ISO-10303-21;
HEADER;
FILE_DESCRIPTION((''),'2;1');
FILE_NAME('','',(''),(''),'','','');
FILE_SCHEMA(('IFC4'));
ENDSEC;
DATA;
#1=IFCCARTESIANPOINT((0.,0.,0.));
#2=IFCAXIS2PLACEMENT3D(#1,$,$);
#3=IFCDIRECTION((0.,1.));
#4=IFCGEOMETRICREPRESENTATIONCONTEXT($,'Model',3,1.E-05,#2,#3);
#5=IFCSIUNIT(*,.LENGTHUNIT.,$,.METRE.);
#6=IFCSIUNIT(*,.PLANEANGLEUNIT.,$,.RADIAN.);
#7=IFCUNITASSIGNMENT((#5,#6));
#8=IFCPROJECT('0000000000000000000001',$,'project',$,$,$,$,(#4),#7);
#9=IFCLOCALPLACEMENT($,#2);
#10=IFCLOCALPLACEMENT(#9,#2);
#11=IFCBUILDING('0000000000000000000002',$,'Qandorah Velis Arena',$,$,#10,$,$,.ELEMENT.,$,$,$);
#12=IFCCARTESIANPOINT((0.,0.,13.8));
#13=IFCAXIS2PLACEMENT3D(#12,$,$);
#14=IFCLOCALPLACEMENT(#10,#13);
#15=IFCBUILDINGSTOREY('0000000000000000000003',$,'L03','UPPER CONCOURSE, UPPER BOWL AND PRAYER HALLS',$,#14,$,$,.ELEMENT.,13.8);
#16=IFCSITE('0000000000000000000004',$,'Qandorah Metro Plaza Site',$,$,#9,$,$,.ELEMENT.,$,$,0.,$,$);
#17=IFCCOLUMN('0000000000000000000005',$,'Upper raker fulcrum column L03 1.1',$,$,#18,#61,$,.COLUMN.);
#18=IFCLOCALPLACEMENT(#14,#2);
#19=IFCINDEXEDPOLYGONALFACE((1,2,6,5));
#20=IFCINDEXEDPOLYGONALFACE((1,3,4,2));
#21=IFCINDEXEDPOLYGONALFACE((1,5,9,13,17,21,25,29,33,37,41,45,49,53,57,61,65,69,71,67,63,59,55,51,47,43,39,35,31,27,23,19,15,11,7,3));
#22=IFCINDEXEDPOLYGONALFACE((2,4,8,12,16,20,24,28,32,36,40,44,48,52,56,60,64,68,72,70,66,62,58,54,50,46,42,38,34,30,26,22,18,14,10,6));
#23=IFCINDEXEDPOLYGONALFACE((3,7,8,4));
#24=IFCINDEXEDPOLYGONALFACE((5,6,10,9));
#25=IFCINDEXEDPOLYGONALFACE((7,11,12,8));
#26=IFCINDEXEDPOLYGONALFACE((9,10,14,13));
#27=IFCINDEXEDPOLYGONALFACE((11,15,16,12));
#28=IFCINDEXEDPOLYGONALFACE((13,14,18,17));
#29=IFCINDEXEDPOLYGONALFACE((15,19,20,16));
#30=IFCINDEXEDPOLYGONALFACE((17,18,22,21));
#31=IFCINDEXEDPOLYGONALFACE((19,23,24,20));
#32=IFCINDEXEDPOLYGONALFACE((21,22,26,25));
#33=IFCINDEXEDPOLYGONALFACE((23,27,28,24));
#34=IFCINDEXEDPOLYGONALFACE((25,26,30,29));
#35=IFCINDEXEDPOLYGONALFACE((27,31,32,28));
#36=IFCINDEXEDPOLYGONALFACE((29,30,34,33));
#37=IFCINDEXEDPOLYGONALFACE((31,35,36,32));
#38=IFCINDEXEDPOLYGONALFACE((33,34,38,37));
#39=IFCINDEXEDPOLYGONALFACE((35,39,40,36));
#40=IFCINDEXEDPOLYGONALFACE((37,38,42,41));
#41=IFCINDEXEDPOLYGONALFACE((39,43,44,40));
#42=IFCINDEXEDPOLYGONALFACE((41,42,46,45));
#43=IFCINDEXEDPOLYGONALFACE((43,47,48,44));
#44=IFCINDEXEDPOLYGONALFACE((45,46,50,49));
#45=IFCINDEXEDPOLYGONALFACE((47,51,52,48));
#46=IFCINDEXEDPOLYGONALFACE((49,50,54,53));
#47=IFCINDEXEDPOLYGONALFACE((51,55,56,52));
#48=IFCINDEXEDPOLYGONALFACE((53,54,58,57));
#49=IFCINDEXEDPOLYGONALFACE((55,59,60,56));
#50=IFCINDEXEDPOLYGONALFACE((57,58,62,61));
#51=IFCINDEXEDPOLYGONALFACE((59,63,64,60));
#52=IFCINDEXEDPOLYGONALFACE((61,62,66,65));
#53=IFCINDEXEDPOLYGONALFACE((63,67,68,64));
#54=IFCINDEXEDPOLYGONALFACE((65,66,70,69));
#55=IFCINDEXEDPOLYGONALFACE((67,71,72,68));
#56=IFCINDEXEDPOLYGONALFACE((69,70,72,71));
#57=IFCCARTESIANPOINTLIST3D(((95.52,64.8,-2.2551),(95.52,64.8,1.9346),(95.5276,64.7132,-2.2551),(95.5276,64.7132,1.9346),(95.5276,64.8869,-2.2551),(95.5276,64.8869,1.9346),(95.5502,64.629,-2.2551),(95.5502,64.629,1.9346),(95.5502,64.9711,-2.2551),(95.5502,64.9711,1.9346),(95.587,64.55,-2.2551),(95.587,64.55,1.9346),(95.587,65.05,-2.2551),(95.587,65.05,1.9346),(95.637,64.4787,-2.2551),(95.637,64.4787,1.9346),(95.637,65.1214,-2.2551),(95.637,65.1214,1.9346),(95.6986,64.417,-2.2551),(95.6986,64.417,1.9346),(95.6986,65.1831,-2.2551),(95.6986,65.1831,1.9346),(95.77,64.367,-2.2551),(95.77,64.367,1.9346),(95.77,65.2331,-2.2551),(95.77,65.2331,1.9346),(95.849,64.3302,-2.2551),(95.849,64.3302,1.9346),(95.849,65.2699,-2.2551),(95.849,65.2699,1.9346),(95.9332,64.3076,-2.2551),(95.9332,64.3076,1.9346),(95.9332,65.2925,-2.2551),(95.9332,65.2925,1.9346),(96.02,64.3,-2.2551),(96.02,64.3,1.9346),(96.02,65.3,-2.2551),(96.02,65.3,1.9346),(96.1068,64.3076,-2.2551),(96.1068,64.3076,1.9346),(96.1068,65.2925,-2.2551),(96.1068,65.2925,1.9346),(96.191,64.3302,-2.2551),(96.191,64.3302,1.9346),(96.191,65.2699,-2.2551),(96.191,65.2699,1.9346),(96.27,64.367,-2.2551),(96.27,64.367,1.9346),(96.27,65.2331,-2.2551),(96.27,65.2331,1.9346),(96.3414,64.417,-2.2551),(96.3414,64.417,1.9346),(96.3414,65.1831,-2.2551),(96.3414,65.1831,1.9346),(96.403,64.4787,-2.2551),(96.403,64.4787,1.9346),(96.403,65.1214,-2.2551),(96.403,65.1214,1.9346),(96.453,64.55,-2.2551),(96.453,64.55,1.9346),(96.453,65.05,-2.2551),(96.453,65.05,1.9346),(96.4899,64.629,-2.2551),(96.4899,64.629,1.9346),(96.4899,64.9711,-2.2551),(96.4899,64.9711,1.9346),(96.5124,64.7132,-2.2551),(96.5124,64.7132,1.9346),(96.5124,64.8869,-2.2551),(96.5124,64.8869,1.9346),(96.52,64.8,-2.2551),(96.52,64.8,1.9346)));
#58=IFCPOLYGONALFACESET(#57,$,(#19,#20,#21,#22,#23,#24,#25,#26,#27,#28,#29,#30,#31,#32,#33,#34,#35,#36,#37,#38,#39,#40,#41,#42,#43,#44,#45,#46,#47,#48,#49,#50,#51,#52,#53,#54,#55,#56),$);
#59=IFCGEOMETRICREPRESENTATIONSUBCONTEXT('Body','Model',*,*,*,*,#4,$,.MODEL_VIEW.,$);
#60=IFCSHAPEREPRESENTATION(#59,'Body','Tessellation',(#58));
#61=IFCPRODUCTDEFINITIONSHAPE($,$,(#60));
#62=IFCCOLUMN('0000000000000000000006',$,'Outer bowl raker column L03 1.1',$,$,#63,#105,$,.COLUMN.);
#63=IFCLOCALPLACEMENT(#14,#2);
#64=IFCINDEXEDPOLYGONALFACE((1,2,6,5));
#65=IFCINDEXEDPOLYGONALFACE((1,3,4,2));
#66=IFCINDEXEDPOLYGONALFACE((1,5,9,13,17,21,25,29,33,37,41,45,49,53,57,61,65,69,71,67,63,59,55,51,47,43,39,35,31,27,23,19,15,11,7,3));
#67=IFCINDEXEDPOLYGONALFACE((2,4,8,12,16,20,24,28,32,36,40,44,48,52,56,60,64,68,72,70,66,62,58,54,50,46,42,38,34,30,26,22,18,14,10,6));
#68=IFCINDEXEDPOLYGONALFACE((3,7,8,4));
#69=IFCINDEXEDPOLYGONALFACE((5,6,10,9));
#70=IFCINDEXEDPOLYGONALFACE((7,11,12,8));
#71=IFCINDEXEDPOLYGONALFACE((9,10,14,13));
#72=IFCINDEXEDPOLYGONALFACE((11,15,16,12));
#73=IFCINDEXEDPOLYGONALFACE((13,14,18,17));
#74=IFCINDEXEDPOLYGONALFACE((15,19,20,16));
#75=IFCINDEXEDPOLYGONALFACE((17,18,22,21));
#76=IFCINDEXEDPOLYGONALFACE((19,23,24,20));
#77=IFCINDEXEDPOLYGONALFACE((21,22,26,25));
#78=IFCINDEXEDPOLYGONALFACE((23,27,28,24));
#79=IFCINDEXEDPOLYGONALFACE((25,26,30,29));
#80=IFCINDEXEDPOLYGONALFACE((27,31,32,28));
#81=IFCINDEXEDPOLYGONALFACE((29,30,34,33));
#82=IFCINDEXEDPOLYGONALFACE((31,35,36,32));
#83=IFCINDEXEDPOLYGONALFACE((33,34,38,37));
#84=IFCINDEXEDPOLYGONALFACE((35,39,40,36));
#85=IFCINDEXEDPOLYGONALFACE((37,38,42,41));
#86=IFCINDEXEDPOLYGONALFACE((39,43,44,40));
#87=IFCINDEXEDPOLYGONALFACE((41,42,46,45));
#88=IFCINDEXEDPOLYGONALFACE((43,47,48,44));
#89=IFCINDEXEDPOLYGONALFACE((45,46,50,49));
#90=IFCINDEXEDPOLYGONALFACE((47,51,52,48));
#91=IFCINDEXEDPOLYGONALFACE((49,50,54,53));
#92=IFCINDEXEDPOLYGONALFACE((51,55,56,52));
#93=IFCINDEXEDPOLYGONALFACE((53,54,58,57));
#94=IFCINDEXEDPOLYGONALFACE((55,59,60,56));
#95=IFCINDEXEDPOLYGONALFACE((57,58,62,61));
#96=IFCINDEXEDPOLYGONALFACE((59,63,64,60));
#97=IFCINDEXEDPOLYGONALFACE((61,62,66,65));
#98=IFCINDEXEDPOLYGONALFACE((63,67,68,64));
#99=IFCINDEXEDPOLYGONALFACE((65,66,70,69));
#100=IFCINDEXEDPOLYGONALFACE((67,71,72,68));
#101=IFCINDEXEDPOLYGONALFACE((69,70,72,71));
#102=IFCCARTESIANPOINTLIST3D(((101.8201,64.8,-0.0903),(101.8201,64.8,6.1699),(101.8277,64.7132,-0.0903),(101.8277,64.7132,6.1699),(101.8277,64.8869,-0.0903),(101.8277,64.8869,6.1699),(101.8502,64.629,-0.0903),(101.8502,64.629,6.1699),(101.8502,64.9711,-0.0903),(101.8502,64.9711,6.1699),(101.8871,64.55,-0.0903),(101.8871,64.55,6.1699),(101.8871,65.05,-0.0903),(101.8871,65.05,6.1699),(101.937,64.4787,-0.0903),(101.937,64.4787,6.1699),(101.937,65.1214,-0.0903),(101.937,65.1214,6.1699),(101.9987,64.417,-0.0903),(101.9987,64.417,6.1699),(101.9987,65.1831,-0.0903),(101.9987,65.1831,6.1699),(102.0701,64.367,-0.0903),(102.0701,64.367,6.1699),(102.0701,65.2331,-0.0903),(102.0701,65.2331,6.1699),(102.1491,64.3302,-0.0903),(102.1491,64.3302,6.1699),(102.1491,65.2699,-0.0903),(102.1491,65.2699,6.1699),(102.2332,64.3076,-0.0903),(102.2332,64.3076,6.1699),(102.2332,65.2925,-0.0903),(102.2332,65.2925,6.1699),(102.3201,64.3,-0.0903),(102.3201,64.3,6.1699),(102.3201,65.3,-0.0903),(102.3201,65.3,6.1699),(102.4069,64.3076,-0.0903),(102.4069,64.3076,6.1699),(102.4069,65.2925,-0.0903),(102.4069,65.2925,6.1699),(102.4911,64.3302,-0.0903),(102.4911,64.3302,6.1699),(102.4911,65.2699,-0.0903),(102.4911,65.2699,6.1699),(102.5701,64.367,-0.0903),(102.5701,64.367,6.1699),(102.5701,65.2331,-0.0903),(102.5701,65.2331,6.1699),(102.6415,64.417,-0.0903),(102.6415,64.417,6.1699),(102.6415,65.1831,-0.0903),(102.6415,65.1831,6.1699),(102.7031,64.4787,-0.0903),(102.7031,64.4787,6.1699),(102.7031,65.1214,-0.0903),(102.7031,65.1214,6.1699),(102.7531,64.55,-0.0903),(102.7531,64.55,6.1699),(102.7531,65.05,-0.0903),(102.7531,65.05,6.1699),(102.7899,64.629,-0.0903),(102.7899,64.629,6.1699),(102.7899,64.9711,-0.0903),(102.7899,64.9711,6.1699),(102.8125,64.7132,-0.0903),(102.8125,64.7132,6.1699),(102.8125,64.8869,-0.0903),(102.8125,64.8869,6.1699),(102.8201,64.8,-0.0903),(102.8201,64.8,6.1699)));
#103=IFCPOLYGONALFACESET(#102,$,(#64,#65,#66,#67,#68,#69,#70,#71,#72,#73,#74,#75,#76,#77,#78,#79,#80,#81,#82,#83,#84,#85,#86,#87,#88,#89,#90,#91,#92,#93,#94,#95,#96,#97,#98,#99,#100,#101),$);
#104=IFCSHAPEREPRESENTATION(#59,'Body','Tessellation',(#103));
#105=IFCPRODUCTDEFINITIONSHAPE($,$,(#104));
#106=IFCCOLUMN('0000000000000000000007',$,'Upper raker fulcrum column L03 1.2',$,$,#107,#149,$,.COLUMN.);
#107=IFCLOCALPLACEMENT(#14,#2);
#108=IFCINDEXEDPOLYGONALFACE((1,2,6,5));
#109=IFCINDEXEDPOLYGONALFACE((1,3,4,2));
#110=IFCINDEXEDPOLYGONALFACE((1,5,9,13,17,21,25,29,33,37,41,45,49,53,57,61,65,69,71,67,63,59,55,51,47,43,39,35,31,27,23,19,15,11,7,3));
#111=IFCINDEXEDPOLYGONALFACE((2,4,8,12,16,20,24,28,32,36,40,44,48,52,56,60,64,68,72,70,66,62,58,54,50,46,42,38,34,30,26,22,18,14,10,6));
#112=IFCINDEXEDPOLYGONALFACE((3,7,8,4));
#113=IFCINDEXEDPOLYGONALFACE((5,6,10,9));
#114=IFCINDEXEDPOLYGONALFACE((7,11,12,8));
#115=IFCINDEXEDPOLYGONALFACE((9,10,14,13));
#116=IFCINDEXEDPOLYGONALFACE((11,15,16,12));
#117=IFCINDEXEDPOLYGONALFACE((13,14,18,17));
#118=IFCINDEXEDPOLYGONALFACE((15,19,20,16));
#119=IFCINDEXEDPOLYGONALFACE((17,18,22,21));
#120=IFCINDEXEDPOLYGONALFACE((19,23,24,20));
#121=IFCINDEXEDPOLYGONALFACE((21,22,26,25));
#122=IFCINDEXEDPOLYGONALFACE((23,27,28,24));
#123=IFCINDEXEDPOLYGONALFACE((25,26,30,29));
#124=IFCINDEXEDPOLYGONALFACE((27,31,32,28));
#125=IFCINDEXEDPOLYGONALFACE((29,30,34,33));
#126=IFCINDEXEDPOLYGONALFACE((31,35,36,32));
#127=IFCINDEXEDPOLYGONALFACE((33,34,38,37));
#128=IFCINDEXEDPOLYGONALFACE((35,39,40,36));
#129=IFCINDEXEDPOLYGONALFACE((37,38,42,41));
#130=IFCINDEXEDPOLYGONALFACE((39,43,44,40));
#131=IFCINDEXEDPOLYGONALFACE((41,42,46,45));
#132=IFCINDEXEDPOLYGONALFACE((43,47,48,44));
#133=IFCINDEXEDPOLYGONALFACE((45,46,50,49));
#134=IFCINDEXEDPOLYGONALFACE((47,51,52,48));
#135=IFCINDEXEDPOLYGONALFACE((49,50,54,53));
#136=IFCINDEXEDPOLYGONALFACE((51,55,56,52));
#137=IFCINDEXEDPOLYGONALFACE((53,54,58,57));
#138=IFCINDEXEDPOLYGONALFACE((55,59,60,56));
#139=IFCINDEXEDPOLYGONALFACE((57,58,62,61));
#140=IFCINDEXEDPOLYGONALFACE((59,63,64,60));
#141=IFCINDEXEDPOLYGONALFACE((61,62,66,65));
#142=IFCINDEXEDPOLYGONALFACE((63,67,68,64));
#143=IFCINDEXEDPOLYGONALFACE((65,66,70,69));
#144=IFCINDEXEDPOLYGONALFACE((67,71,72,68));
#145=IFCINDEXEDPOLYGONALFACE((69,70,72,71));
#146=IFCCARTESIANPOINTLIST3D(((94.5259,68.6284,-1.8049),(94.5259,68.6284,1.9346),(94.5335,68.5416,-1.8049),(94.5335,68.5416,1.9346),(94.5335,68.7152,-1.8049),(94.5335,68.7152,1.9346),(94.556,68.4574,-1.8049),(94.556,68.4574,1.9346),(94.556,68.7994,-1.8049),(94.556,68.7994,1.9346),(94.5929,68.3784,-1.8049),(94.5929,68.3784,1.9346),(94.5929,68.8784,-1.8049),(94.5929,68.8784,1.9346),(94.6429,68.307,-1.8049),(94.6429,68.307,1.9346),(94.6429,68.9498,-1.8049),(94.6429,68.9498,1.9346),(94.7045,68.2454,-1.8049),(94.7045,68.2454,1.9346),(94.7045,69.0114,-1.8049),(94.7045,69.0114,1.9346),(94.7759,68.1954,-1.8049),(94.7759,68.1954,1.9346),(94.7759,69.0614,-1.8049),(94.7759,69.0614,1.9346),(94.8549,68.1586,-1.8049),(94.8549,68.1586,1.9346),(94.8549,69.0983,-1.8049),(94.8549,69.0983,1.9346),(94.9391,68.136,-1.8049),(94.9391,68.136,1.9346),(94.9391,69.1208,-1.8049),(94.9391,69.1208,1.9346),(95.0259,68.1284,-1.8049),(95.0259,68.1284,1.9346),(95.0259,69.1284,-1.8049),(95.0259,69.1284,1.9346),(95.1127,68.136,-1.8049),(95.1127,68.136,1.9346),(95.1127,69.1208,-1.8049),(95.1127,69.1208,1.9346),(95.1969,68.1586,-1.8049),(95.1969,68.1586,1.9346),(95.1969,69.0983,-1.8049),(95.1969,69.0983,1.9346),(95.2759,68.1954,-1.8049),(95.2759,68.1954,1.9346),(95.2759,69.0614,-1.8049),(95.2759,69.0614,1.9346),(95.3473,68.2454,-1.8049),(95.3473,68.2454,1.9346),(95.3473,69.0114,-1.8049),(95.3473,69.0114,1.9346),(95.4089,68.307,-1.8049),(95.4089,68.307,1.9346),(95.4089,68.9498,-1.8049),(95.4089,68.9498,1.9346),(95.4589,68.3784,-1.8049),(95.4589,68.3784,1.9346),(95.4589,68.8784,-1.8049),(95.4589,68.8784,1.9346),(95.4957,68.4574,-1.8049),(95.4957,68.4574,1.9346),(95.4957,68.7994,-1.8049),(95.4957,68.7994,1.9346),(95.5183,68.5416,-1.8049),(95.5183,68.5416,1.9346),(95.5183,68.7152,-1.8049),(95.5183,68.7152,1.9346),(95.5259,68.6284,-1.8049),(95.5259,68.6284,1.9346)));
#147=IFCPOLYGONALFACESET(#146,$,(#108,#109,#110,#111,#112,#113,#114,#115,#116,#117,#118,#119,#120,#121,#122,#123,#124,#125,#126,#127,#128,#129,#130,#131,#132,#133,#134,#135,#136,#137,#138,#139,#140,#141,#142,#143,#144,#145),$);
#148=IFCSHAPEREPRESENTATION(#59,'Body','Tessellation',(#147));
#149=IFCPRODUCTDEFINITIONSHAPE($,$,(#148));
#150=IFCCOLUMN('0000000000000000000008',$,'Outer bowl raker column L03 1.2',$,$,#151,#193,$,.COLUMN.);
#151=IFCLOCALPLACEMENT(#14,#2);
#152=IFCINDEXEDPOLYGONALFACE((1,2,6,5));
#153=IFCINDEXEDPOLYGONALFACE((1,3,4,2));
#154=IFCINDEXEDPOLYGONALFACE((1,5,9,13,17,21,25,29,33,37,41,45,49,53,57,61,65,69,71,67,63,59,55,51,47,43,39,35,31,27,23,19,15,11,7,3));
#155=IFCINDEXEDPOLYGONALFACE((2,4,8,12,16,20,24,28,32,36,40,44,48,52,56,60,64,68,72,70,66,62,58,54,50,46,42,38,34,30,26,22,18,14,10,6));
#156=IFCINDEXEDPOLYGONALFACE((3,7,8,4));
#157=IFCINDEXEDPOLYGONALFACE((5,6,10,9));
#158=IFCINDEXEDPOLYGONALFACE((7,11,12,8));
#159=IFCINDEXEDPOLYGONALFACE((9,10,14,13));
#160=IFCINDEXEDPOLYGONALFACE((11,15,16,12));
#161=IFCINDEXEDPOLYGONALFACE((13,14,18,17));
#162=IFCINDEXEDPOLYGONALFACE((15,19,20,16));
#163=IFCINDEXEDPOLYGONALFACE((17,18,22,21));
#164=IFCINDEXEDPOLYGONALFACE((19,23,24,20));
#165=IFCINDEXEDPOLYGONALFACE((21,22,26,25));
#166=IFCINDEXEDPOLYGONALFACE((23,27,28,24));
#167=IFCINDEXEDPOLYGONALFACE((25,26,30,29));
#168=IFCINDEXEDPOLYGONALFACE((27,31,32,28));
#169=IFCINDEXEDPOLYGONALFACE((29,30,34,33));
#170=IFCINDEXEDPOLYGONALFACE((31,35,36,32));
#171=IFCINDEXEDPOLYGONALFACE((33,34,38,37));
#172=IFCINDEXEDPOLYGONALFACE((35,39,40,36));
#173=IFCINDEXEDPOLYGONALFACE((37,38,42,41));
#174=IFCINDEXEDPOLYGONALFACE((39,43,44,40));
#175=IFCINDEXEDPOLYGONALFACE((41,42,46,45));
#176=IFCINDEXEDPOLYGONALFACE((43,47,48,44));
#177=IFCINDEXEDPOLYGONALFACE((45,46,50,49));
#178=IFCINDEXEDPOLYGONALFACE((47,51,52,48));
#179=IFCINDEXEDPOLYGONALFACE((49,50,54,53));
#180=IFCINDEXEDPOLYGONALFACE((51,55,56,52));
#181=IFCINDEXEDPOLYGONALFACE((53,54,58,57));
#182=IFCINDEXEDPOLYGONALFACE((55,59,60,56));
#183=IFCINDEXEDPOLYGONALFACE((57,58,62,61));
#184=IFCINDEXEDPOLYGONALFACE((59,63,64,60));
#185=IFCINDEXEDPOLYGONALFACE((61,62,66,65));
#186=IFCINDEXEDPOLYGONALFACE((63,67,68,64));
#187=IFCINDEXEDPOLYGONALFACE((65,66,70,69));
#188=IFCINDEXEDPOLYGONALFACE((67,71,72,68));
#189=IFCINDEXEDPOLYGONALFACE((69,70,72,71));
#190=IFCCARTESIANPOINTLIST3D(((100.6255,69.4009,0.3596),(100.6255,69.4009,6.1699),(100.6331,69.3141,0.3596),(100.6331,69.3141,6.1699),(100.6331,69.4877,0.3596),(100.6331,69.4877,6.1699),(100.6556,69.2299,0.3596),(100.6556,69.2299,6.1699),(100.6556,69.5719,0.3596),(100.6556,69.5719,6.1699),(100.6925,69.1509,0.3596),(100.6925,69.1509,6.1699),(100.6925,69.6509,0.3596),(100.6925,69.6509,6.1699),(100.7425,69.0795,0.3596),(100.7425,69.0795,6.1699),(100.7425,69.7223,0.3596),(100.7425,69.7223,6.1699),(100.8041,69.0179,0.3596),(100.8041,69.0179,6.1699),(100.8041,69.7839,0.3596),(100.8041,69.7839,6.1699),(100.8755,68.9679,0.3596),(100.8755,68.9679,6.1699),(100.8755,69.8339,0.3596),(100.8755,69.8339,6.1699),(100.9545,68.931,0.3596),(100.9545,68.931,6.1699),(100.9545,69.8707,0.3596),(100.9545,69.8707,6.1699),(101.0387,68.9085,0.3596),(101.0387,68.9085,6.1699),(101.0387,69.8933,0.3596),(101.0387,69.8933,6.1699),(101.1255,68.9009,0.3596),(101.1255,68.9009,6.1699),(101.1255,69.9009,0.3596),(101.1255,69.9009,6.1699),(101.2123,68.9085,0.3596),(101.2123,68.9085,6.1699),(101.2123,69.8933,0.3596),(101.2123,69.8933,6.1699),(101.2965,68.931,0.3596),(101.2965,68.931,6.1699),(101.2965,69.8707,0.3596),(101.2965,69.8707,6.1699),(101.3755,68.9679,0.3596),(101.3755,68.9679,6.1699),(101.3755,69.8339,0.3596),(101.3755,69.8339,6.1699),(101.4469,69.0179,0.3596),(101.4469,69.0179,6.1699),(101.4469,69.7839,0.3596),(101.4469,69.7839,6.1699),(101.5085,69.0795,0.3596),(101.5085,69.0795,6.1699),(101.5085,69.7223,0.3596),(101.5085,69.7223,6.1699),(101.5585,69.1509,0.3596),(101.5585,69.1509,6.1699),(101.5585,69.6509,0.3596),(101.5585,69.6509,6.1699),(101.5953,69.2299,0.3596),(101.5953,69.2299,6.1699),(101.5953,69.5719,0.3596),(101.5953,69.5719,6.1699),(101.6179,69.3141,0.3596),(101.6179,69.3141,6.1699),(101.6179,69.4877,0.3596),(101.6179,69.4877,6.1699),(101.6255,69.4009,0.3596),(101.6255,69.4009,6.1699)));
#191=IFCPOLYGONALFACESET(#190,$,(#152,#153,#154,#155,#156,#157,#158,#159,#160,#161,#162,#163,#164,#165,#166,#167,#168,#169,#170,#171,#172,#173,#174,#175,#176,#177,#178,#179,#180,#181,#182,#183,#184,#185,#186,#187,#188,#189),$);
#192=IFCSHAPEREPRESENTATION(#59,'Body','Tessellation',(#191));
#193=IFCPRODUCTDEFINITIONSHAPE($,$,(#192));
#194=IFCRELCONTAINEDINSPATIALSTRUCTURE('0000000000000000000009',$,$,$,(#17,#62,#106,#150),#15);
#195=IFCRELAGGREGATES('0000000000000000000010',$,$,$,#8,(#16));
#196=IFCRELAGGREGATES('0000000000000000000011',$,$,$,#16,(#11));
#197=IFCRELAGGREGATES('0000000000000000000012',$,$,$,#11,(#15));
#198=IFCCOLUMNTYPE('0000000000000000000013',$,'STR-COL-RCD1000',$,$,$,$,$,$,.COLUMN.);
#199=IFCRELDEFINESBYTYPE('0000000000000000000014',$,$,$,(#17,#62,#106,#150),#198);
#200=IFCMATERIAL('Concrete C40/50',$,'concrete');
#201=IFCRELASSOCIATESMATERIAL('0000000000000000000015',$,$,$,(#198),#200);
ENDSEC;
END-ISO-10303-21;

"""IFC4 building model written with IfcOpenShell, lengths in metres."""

from ifc_helpers import new_model, si_unit, direction, frame, origin, origin_2d, place, context, subcontext, project, spatial, circle, extrude, material, material_profile, profile_set, type_object, element, save


model = new_model("IFC4")

# Units and contexts
model_context = context("Model", 3, precision=1e-05, world=origin(), true_north=direction((0.0, 1.0)))
body_context = subcontext(model_context, "Body", "Model", "MODEL_VIEW")
ifc_project = project(units=[si_unit("LENGTHUNIT", "METRE"), si_unit("PLANEANGLEUNIT", "RADIAN")], contexts=[model_context])

# Site, building, storey
site_placement = place(None, origin())
site = spatial("IfcSite", under=ifc_project, at=site_placement, Name="Qandorah Metro Plaza Site", CompositionType="ELEMENT", RefElevation=0.0)
building_placement = place(site_placement, origin())
building = spatial("IfcBuilding", under=site, at=building_placement, Name="Qandorah Velis Arena", CompositionType="ELEMENT")
storey_placement = place(building_placement, frame((0.0, 0.0, 13.8)))
storey = spatial("IfcBuildingStorey", under=building, at=storey_placement, Name="L03", Description="UPPER CONCOURSE, UPPER BOWL AND PRAYER HALLS", CompositionType="ELEMENT", Elevation=13.8)

# Columns
ifc_material_1 = material(Name="Concrete C40/50", Category="concrete")
ifc_material_profile_1 = material_profile(ifc_material_1, circle(Radius=0.5, at=origin_2d()), Name="RC D1000")
ifc_profile_set_1 = profile_set([ifc_material_profile_1], Name="Concrete C40/50")
column_type = type_object("IfcColumnType", Name="STR-COL-RCD1000", PredefinedType="COLUMN", material=ifc_profile_set_1)
column_1_placement = place(storey_placement, frame((96.02, 64.8, -2.2551), z_axis=(0.0, 0.0, 1.0), x_axis=(1.0, 0.0, 0.0)))
element("IfcColumn", 1, at=column_1_placement, inside=storey, type_object=column_type, Name="Upper raker fulcrum column L03 1.1", PredefinedType="COLUMN", context=body_context, shape_type="SweptSolid", body=[
    extrude(circle(Radius=0.5, at=origin_2d()), origin(), (0.0, 0.0, 1.0), 4.1897),
])
column_2_placement = place(storey_placement, frame((102.3201, 64.8, -0.0903), z_axis=(0.0, 0.0, 1.0), x_axis=(1.0, 0.0, 0.0)))
element("IfcColumn", 2, at=column_2_placement, inside=storey, type_object=column_type, Name="Outer bowl raker column L03 1.1", PredefinedType="COLUMN", context=body_context, shape_type="SweptSolid", body=[
    extrude(circle(Radius=0.5, at=origin_2d()), origin(), (0.0, 0.0, 1.0), 6.2603),
])
column_3_placement = place(storey_placement, frame((95.0259, 68.6284, -1.8049), z_axis=(0.0, 0.0, 1.0), x_axis=(1.0, 0.0, 0.0)))
element("IfcColumn", 3, at=column_3_placement, inside=storey, type_object=column_type, Name="Upper raker fulcrum column L03 1.2", PredefinedType="COLUMN", context=body_context, shape_type="SweptSolid", body=[
    extrude(circle(Radius=0.5, at=origin_2d()), origin(), (0.0, 0.0, 1.0), 3.7395),
])
column_4_placement = place(storey_placement, frame((101.1255, 69.4009, 0.3596), z_axis=(0.0, 0.0, 1.0), x_axis=(1.0, 0.0, 0.0)))
element("IfcColumn", 4, at=column_4_placement, inside=storey, type_object=column_type, Name="Outer bowl raker column L03 1.2", PredefinedType="COLUMN", context=body_context, shape_type="SweptSolid", body=[
    extrude(circle(Radius=0.5, at=origin_2d()), origin(), (0.0, 0.0, 1.0), 5.8103),
])

save(model, "model.ifc")
